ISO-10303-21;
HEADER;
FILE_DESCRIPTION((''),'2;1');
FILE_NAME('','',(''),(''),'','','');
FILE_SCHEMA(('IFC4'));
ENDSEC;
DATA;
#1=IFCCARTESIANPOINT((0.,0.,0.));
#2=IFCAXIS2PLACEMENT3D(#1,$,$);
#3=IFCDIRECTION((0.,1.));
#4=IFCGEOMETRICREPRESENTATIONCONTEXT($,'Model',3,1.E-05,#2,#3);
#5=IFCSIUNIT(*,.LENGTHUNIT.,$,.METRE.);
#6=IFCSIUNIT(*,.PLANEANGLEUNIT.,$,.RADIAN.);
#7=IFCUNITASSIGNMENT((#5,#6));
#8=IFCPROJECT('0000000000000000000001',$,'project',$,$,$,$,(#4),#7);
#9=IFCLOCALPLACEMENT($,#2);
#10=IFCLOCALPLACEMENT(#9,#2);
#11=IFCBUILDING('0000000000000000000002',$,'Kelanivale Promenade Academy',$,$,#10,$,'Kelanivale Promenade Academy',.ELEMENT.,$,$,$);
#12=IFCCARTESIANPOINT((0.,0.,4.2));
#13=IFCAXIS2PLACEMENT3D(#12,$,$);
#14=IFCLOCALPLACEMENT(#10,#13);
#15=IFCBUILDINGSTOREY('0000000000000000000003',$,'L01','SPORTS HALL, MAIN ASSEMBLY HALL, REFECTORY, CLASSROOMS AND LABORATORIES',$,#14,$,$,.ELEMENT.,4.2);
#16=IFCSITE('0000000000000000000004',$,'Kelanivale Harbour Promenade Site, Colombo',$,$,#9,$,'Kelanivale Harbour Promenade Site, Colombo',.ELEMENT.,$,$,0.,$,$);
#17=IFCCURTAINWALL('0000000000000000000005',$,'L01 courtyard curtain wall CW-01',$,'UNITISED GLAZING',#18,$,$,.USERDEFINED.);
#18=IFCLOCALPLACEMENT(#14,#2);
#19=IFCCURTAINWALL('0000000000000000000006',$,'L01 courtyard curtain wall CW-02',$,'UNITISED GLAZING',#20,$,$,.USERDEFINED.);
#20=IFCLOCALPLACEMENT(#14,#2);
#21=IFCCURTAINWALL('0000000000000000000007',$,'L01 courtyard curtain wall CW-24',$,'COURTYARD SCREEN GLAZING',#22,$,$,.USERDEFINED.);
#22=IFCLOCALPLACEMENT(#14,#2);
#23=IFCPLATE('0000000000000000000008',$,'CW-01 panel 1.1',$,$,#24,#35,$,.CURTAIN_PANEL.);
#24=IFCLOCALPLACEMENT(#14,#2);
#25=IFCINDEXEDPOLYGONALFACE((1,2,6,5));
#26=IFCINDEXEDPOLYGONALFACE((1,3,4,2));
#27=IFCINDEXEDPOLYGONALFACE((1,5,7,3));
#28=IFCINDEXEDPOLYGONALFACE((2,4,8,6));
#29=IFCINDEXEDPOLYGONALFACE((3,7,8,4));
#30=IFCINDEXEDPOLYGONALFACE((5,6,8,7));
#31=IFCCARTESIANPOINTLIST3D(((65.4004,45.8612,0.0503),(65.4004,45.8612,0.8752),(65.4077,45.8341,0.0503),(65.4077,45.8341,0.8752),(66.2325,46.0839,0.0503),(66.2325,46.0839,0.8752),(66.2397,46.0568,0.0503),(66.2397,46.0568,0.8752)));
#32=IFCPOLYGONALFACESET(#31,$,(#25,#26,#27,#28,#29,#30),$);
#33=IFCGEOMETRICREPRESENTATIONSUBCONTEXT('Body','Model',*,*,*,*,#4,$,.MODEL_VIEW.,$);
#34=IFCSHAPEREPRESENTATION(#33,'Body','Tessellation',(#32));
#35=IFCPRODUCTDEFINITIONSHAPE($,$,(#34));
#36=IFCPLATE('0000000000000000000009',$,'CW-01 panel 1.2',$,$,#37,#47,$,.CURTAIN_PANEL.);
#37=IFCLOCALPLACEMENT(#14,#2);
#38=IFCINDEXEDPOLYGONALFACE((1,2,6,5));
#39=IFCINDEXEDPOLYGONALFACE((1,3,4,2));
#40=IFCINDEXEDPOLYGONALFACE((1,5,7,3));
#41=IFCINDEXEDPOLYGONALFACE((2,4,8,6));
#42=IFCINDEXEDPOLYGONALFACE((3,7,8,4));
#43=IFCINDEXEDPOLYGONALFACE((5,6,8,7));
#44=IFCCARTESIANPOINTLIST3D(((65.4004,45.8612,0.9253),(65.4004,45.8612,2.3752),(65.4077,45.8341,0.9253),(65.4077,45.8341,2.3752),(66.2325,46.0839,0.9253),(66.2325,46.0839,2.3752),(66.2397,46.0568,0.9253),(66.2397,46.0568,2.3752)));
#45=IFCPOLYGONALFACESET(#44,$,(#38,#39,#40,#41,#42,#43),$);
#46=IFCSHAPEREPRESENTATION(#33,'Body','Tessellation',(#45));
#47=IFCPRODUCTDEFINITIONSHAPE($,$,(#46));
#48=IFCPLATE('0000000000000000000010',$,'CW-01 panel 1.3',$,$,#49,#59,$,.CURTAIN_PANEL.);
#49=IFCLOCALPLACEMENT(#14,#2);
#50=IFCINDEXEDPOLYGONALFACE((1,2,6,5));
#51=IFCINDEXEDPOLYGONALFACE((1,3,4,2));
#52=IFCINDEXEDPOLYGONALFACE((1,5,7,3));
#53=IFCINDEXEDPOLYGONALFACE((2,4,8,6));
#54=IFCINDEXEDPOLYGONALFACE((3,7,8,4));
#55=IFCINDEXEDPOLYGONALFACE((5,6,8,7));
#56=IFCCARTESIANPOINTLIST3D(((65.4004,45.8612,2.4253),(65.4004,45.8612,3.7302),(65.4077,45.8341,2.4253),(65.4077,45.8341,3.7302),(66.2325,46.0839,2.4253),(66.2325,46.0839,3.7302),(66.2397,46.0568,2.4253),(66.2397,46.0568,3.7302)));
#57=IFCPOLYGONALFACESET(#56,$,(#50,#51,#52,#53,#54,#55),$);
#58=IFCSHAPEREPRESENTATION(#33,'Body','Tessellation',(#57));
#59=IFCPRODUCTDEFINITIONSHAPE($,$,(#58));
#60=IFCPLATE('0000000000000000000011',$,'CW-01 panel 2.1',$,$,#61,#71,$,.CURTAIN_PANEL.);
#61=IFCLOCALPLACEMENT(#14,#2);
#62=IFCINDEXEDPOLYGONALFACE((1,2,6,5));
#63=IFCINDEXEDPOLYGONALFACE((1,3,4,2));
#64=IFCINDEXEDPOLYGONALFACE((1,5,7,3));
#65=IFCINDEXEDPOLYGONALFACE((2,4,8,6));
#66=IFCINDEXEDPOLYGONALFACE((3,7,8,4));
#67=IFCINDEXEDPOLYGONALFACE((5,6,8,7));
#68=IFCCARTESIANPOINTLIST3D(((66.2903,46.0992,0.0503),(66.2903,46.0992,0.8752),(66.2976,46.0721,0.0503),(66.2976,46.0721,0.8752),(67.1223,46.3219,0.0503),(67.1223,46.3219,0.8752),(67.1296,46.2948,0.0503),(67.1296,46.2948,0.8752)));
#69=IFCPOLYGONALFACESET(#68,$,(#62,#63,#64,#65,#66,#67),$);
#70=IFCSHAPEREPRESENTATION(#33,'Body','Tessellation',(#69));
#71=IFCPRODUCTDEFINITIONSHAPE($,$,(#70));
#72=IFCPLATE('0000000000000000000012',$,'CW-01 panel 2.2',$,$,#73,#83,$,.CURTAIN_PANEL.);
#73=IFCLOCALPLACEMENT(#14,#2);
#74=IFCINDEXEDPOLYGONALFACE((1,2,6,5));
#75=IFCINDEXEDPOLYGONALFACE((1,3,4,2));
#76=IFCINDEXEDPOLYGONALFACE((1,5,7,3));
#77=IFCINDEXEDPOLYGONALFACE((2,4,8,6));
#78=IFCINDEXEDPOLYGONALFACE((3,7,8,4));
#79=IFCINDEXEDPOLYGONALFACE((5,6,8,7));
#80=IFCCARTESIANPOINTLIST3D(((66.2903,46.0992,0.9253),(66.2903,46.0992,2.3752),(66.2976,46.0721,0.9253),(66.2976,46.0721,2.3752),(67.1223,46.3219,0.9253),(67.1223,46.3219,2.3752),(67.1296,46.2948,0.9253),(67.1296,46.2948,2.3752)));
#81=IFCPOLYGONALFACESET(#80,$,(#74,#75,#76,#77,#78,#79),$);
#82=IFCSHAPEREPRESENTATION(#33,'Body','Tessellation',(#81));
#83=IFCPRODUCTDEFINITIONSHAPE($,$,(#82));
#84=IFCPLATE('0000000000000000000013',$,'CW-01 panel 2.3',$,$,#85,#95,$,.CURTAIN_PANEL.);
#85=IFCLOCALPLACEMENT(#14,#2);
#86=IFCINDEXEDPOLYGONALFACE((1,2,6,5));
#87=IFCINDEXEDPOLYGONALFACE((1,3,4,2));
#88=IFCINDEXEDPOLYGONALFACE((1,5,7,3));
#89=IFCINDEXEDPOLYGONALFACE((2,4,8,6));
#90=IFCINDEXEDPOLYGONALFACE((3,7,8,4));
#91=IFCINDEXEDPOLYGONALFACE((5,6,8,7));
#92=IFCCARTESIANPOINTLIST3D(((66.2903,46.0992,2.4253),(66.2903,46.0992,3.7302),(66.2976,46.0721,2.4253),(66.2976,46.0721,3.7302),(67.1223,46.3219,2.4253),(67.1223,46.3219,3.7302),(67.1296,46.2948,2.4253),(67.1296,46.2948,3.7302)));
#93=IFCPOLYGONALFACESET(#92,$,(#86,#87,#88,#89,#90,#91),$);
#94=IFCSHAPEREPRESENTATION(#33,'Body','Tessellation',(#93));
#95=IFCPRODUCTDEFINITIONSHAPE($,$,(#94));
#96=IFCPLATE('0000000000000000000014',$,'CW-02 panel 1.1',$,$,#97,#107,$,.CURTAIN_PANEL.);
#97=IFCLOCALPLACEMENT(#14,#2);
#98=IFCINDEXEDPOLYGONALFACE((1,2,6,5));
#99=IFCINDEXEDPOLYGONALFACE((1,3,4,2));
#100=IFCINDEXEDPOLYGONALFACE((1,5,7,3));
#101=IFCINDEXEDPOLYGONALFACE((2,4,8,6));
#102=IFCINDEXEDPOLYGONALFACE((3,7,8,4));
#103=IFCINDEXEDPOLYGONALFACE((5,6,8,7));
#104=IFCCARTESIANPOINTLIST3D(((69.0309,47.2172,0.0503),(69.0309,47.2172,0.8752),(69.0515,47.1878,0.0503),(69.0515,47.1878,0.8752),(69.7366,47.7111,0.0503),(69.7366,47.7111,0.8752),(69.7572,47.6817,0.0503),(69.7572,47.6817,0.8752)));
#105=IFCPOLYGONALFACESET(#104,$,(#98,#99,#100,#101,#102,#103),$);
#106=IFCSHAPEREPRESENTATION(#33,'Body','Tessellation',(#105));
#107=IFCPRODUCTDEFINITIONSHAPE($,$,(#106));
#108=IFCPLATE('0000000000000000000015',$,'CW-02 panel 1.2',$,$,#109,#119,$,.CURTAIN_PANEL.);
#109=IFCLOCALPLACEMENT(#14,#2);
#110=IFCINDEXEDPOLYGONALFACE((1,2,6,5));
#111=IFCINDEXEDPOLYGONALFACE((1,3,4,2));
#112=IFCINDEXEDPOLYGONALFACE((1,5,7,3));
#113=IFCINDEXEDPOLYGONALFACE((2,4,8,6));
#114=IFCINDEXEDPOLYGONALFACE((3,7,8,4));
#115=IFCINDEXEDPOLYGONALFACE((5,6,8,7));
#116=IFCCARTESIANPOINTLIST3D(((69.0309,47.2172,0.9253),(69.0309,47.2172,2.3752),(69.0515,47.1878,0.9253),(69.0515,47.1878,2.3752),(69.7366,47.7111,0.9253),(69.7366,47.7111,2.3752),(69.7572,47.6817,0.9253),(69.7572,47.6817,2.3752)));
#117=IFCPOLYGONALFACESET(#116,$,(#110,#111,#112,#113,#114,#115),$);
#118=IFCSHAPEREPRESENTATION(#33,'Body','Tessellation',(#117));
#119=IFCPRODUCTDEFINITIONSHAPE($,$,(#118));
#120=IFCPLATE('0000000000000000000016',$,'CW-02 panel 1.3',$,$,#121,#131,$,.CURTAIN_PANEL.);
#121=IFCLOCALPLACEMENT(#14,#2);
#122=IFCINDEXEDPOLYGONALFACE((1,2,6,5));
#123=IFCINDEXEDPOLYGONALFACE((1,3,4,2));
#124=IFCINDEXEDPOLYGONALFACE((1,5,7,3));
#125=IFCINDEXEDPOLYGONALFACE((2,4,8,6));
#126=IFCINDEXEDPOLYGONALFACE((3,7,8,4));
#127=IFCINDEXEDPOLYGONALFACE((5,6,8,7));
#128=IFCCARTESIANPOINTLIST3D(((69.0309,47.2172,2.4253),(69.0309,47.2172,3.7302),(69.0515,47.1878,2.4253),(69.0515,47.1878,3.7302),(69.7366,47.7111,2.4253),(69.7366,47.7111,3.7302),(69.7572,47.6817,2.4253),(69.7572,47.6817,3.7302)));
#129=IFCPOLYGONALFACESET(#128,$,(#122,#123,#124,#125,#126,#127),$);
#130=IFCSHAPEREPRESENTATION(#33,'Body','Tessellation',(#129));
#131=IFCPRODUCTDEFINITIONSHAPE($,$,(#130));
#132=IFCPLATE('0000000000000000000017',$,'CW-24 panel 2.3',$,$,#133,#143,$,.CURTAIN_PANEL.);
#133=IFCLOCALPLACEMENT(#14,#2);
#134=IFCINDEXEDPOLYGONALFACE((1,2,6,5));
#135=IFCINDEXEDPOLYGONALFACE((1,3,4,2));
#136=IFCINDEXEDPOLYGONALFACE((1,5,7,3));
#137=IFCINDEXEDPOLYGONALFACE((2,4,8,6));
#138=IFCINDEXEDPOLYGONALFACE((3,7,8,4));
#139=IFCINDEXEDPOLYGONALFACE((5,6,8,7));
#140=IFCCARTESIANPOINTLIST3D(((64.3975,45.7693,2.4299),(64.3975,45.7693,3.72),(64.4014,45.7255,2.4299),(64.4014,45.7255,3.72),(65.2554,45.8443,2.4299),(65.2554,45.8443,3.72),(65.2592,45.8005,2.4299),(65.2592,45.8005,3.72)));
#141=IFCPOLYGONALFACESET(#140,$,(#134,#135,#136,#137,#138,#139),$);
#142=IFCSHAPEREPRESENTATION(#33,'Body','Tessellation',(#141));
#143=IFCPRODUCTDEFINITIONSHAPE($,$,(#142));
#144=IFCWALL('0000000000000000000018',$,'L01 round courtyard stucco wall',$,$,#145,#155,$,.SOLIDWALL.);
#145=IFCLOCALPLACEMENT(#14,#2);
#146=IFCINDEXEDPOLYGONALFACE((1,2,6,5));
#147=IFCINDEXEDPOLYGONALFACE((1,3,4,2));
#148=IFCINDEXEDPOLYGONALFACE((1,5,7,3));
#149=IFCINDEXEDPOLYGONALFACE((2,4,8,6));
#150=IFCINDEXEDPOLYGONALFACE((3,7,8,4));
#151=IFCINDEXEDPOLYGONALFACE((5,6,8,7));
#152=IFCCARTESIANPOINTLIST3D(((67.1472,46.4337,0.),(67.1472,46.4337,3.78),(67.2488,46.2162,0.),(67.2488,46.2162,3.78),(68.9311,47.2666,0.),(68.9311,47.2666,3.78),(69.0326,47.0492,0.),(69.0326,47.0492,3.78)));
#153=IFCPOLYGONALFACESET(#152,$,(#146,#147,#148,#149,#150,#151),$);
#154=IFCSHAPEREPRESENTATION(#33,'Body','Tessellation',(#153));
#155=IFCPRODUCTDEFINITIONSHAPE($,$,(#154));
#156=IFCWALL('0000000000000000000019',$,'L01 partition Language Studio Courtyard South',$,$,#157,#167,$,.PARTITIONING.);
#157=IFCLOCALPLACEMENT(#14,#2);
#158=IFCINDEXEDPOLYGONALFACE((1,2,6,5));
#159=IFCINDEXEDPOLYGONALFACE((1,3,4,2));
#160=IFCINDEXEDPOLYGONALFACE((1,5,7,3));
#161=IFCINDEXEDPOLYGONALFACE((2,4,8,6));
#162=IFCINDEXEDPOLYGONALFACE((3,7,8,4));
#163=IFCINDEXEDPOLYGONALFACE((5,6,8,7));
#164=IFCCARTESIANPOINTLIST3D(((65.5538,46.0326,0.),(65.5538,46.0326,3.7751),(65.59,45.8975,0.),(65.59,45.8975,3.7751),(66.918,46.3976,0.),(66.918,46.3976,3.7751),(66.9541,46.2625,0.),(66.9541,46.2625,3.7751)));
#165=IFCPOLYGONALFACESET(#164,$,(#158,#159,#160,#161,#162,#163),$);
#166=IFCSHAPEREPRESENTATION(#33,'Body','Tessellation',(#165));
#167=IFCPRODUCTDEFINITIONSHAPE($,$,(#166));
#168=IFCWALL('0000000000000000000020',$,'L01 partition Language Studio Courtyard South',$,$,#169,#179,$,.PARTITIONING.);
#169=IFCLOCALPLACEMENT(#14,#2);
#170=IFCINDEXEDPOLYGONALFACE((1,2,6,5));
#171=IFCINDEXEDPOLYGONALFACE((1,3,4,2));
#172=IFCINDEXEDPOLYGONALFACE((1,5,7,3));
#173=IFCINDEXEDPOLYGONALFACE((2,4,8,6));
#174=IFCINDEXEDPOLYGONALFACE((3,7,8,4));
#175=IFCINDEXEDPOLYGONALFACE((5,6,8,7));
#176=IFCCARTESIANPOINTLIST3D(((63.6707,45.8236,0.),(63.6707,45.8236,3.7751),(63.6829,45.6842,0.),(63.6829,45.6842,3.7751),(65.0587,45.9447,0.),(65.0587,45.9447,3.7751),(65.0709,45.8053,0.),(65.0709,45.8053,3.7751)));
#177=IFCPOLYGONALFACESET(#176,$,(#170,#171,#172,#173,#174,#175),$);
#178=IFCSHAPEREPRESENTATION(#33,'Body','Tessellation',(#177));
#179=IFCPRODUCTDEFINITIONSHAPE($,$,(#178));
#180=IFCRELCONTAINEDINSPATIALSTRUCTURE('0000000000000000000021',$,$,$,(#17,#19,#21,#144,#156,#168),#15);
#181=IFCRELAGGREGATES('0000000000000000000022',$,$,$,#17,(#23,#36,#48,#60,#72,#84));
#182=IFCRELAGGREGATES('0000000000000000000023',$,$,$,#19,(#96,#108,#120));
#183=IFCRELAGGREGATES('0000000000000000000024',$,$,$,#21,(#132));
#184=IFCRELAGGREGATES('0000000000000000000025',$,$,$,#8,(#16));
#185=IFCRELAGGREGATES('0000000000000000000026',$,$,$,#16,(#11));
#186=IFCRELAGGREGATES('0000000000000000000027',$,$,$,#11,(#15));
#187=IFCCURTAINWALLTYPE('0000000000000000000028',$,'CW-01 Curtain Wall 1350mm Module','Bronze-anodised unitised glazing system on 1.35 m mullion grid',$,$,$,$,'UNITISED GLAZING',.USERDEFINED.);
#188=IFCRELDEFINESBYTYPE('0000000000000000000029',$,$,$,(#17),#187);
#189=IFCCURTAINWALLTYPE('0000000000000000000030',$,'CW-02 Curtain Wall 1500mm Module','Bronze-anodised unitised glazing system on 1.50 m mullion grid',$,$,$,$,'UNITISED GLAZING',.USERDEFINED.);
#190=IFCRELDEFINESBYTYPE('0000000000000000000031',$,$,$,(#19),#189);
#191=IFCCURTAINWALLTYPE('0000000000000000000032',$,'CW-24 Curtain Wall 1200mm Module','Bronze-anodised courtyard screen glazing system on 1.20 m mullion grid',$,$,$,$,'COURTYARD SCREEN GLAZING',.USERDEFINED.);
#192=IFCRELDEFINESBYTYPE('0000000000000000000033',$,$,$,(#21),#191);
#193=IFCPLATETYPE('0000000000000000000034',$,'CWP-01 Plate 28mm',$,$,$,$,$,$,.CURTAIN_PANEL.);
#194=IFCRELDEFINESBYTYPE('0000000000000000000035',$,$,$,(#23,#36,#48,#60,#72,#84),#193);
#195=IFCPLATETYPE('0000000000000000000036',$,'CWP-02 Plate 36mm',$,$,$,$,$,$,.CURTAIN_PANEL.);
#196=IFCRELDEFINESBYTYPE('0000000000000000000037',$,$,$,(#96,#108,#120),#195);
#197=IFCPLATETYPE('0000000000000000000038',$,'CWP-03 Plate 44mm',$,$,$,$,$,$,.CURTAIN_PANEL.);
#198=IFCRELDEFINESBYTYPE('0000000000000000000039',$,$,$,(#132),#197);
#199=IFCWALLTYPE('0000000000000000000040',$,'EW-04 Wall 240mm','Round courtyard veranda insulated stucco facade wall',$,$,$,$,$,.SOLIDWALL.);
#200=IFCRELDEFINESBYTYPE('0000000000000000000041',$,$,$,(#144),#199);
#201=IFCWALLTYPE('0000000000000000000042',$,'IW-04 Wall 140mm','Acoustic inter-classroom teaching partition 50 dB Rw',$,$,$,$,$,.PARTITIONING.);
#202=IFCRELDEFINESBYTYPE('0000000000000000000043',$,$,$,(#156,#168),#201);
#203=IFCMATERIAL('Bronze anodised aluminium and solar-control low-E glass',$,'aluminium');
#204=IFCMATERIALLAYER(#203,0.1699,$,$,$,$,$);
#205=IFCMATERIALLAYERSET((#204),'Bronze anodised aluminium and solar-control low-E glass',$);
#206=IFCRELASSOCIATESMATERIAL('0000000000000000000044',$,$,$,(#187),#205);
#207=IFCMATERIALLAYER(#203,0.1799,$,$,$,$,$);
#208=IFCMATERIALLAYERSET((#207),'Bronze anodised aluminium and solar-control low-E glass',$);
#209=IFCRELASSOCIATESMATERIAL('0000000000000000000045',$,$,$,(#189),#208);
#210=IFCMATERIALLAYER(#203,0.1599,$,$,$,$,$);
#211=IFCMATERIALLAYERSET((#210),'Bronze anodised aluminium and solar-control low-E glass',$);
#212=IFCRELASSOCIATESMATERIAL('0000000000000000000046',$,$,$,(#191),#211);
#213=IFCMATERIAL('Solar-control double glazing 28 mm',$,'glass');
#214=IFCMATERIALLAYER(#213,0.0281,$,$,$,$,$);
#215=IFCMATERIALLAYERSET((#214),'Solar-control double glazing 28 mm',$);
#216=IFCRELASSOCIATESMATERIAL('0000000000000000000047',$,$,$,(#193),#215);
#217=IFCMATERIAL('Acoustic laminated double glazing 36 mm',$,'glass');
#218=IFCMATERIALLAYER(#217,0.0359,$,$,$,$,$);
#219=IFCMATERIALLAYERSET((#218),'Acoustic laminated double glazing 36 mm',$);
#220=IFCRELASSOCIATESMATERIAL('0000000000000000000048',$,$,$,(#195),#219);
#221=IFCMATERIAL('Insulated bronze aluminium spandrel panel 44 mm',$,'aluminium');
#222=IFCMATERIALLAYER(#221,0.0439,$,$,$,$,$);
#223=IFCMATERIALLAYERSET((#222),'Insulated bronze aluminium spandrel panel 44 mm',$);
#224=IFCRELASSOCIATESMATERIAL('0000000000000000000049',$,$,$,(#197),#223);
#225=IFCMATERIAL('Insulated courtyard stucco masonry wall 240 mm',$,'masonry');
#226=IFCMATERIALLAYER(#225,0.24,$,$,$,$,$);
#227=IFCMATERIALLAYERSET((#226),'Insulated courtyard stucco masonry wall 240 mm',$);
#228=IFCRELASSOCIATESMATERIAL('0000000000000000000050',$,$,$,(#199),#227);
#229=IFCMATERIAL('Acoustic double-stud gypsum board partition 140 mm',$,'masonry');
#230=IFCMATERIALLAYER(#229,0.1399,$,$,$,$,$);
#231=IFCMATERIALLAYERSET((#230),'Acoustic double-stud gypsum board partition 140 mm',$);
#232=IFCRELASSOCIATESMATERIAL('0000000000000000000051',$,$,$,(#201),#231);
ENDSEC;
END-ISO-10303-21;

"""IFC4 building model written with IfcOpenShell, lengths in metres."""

from ifc_helpers import new_model, si_unit, direction, frame, frame_2d, origin, origin_2d, place, context, subcontext, project, spatial, rectangle, extrude, material, layer, layer_set, type_object, element, aggregate, save


model = new_model("IFC4")

# Units and contexts
model_context = context("Model", 3, precision=1e-05, world=origin(), true_north=direction((0.0, 1.0)))
body_context = subcontext(model_context, "Body", "Model", "MODEL_VIEW")
ifc_project = project(units=[si_unit("LENGTHUNIT", "METRE"), si_unit("PLANEANGLEUNIT", "RADIAN")], contexts=[model_context])

# Site, building, storey
site_placement = place(None, origin())
site = spatial("IfcSite", under=ifc_project, at=site_placement, Name="Kelanivale Harbour Promenade Site, Colombo", LongName="Kelanivale Harbour Promenade Site, Colombo", CompositionType="ELEMENT", RefElevation=0.0)
building_placement = place(site_placement, origin())
building = spatial("IfcBuilding", under=site, at=building_placement, Name="Kelanivale Promenade Academy", LongName="Kelanivale Promenade Academy", CompositionType="ELEMENT")
storey_placement = place(building_placement, frame((0.0, 0.0, 4.2)))
storey = spatial("IfcBuildingStorey", under=building, at=storey_placement, Name="L01", Description="SPORTS HALL, MAIN ASSEMBLY HALL, REFECTORY, CLASSROOMS AND LABORATORIES", CompositionType="ELEMENT", Elevation=4.2)

# Curtain walls
ifc_material_1 = material(Name="Bronze anodised aluminium and solar-control low-E glass", Category="aluminium")
ifc_layer_1 = layer(ifc_material_1, 0.1699)
ifc_layer_set_1 = layer_set([ifc_layer_1], Name="Bronze anodised aluminium and solar-control low-E glass")
curtain_wall_type_1 = type_object("IfcCurtainWallType", Name="CW-01 Curtain Wall 1350mm Module", Description="Bronze-anodised unitised glazing system on 1.35 m mullion grid", ElementType="UNITISED GLAZING", PredefinedType="USERDEFINED", material=ifc_layer_set_1)
curtain_wall_1_placement = place(storey_placement, origin())
curtain_wall_1 = element("IfcCurtainWall", 1, at=curtain_wall_1_placement, inside=storey, type_object=curtain_wall_type_1, Name="L01 courtyard curtain wall CW-01", ObjectType="UNITISED GLAZING", PredefinedType="USERDEFINED")
ifc_layer_2 = layer(ifc_material_1, 0.1799)
ifc_layer_set_2 = layer_set([ifc_layer_2], Name="Bronze anodised aluminium and solar-control low-E glass")
curtain_wall_type_2 = type_object("IfcCurtainWallType", Name="CW-02 Curtain Wall 1500mm Module", Description="Bronze-anodised unitised glazing system on 1.50 m mullion grid", ElementType="UNITISED GLAZING", PredefinedType="USERDEFINED", material=ifc_layer_set_2)
curtain_wall_2_placement = place(storey_placement, origin())
curtain_wall_2 = element("IfcCurtainWall", 2, at=curtain_wall_2_placement, inside=storey, type_object=curtain_wall_type_2, Name="L01 courtyard curtain wall CW-02", ObjectType="UNITISED GLAZING", PredefinedType="USERDEFINED")

# Curtain wall
ifc_layer_3 = layer(ifc_material_1, 0.1599)
ifc_layer_set_3 = layer_set([ifc_layer_3], Name="Bronze anodised aluminium and solar-control low-E glass")
curtain_wall_type_3 = type_object("IfcCurtainWallType", Name="CW-24 Curtain Wall 1200mm Module", Description="Bronze-anodised courtyard screen glazing system on 1.20 m mullion grid", ElementType="COURTYARD SCREEN GLAZING", PredefinedType="USERDEFINED", material=ifc_layer_set_3)
curtain_wall_3_placement = place(storey_placement, origin())
curtain_wall_3 = element("IfcCurtainWall", 3, at=curtain_wall_3_placement, inside=storey, type_object=curtain_wall_type_3, Name="L01 courtyard curtain wall CW-24", ObjectType="COURTYARD SCREEN GLAZING", PredefinedType="USERDEFINED")

# Plates
ifc_material_2 = material(Name="Solar-control double glazing 28 mm", Category="glass")
ifc_layer_4 = layer(ifc_material_2, 0.0281)
ifc_layer_set_4 = layer_set([ifc_layer_4], Name="Solar-control double glazing 28 mm")
plate_type_1 = type_object("IfcPlateType", Name="CWP-01 Plate 28mm", PredefinedType="CURTAIN_PANEL", material=ifc_layer_set_4)
plate_1_placement = place(storey_placement, frame((65.8201, 45.959, 0.0503), z_axis=(0.0, 0.0, 1.0), x_axis=(0.96599, 0.258578, 0.0)))
plate_1 = element("IfcPlate", 4, at=plate_1_placement, type_object=plate_type_1, Name="CW-01 panel 1.1", PredefinedType="CURTAIN_PANEL", context=body_context, shape_type="SweptSolid", body=[
    extrude(rectangle(XDim=0.8613, YDim=0.0281, at=origin_2d()), origin(), (0.0, 0.0, 1.0), 0.825),
])
plate_2_placement = place(storey_placement, frame((65.8201, 45.959, 0.9253), z_axis=(0.0, 0.0, 1.0), x_axis=(0.96599, 0.258578, 0.0)))
plate_2 = element("IfcPlate", 5, at=plate_2_placement, type_object=plate_type_1, Name="CW-01 panel 1.2", PredefinedType="CURTAIN_PANEL", context=body_context, shape_type="SweptSolid", body=[
    extrude(rectangle(XDim=0.8613, YDim=0.0281, at=origin_2d()), origin(), (0.0, 0.0, 1.0), 1.45),
])
plate_3_placement = place(storey_placement, frame((65.8201, 45.959, 2.4253), z_axis=(0.0, 0.0, 1.0), x_axis=(0.96599, 0.258578, 0.0)))
plate_3 = element("IfcPlate", 6, at=plate_3_placement, type_object=plate_type_1, Name="CW-01 panel 1.3", PredefinedType="CURTAIN_PANEL", context=body_context, shape_type="SweptSolid", body=[
    extrude(rectangle(XDim=0.8613, YDim=0.0281, at=origin_2d()), origin(), (0.0, 0.0, 1.0), 1.3049),
])
plate_4_placement = place(storey_placement, frame((66.71, 46.197, 0.0503), z_axis=(0.0, 0.0, 1.0), x_axis=(0.96599, 0.258578, 0.0)))
plate_4 = element("IfcPlate", 7, at=plate_4_placement, type_object=plate_type_1, Name="CW-01 panel 2.1", PredefinedType="CURTAIN_PANEL", context=body_context, shape_type="SweptSolid", body=[
    extrude(rectangle(XDim=0.8613, YDim=0.0281, at=origin_2d()), origin(), (0.0, 0.0, 1.0), 0.825),
])
plate_5_placement = place(storey_placement, frame((66.71, 46.197, 0.9253), z_axis=(0.0, 0.0, 1.0), x_axis=(0.96599, 0.258578, 0.0)))
plate_5 = element("IfcPlate", 8, at=plate_5_placement, type_object=plate_type_1, Name="CW-01 panel 2.2", PredefinedType="CURTAIN_PANEL", context=body_context, shape_type="SweptSolid", body=[
    extrude(rectangle(XDim=0.8613, YDim=0.0281, at=origin_2d()), origin(), (0.0, 0.0, 1.0), 1.45),
])
plate_6_placement = place(storey_placement, frame((66.71, 46.197, 2.4253), z_axis=(0.0, 0.0, 1.0), x_axis=(0.96599, 0.258578, 0.0)))
plate_6 = element("IfcPlate", 9, at=plate_6_placement, type_object=plate_type_1, Name="CW-01 panel 2.3", PredefinedType="CURTAIN_PANEL", context=body_context, shape_type="SweptSolid", body=[
    extrude(rectangle(XDim=0.8613, YDim=0.0281, at=origin_2d()), origin(), (0.0, 0.0, 1.0), 1.3049),
])
aggregate(curtain_wall_1, [plate_1, plate_2, plate_3, plate_4, plate_5, plate_6])
ifc_material_3 = material(Name="Acoustic laminated double glazing 36 mm", Category="glass")
ifc_layer_5 = layer(ifc_material_3, 0.0359)
ifc_layer_set_5 = layer_set([ifc_layer_5], Name="Acoustic laminated double glazing 36 mm")
plate_type_2 = type_object("IfcPlateType", Name="CWP-02 Plate 36mm", PredefinedType="CURTAIN_PANEL", material=ifc_layer_set_5)
plate_7_placement = place(storey_placement, frame((69.394, 47.4495, 0.0503), z_axis=(0.0, 0.0, 1.0), x_axis=(0.819306, 0.573357, 0.0)))
plate_7 = element("IfcPlate", 10, at=plate_7_placement, type_object=plate_type_2, Name="CW-02 panel 1.1", PredefinedType="CURTAIN_PANEL", context=body_context, shape_type="SweptSolid", body=[
    extrude(rectangle(XDim=0.8613, YDim=0.0359, at=origin_2d()), origin(), (0.0, 0.0, 1.0), 0.825),
])
plate_8_placement = place(storey_placement, frame((69.394, 47.4495, 0.9253), z_axis=(0.0, 0.0, 1.0), x_axis=(0.819306, 0.573357, 0.0)))
plate_8 = element("IfcPlate", 11, at=plate_8_placement, type_object=plate_type_2, Name="CW-02 panel 1.2", PredefinedType="CURTAIN_PANEL", context=body_context, shape_type="SweptSolid", body=[
    extrude(rectangle(XDim=0.8613, YDim=0.0359, at=origin_2d()), origin(), (0.0, 0.0, 1.0), 1.45),
])
plate_9_placement = place(storey_placement, frame((69.394, 47.4495, 2.4253), z_axis=(0.0, 0.0, 1.0), x_axis=(0.819306, 0.573357, 0.0)))
plate_9 = element("IfcPlate", 12, at=plate_9_placement, type_object=plate_type_2, Name="CW-02 panel 1.3", PredefinedType="CURTAIN_PANEL", context=body_context, shape_type="SweptSolid", body=[
    extrude(rectangle(XDim=0.8613, YDim=0.0359, at=origin_2d()), origin(), (0.0, 0.0, 1.0), 1.3049),
])
aggregate(curtain_wall_2, [plate_7, plate_8, plate_9])
ifc_material_4 = material(Name="Insulated bronze aluminium spandrel panel 44 mm", Category="aluminium")
ifc_layer_6 = layer(ifc_material_4, 0.0439)
ifc_layer_set_6 = layer_set([ifc_layer_6], Name="Insulated bronze aluminium spandrel panel 44 mm")
plate_type_3 = type_object("IfcPlateType", Name="CWP-03 Plate 44mm", PredefinedType="CURTAIN_PANEL", material=ifc_layer_set_6)
plate_10_placement = place(storey_placement, frame((64.8284, 45.7849, 2.4299), z_axis=(0.0, 0.0, 1.0), x_axis=(0.996199, 0.087102, 0.0)))
plate_10 = element("IfcPlate", 13, at=plate_10_placement, type_object=plate_type_3, Name="CW-24 panel 2.3", PredefinedType="CURTAIN_PANEL", context=body_context, shape_type="SweptSolid", body=[
    extrude(rectangle(XDim=0.8611, YDim=0.0439, at=origin_2d()), origin(), (0.0, 0.0, 1.0), 1.29),
])
aggregate(curtain_wall_3, [plate_10])

# Walls
ifc_material_5 = material(Name="Insulated courtyard stucco masonry wall 240 mm", Category="masonry")
ifc_layer_7 = layer(ifc_material_5, 0.24)
ifc_layer_set_7 = layer_set([ifc_layer_7], Name="Insulated courtyard stucco masonry wall 240 mm")
wall_type_1 = type_object("IfcWallType", Name="EW-04 Wall 240mm", Description="Round courtyard veranda insulated stucco facade wall", PredefinedType="SOLIDWALL", material=ifc_layer_set_7)
wall_1_placement = place(storey_placement, frame((67.198, 46.325, 0.0), z_axis=(0.0, 0.0, 1.0), x_axis=(0.906085, 0.423096, 0.0)))
element("IfcWall", 14, at=wall_1_placement, inside=storey, type_object=wall_type_1, Name="L01 round courtyard stucco wall", PredefinedType="SOLIDWALL", context=body_context, shape_type="SweptSolid", body=[
    extrude(rectangle(XDim=1.9688, YDim=0.24, at=frame_2d((0.9844, 0.0))), origin(), (0.0, 0.0, 1.0), 3.78),
])
ifc_material_6 = material(Name="Acoustic double-stud gypsum board partition 140 mm", Category="masonry")
ifc_layer_8 = layer(ifc_material_6, 0.1399)
ifc_layer_set_8 = layer_set([ifc_layer_8], Name="Acoustic double-stud gypsum board partition 140 mm")
wall_type_2 = type_object("IfcWallType", Name="IW-04 Wall 140mm", Description="Acoustic inter-classroom teaching partition 50 dB Rw", PredefinedType="PARTITIONING", material=ifc_layer_set_8)
wall_2_placement = place(storey_placement, frame((66.936, 46.3301, 0.0), z_axis=(0.0, 0.0, 1.0), x_axis=(-0.966014, -0.258491, 0.0)))
element("IfcWall", 15, at=wall_2_placement, inside=storey, type_object=wall_type_2, Name="L01 partition Language Studio Courtyard South", PredefinedType="PARTITIONING", context=body_context, shape_type="SweptSolid", body=[
    extrude(rectangle(XDim=1.4121, YDim=0.1399, at=frame_2d((0.7061, 0.0))), origin(), (0.0, 0.0, 1.0), 3.7751),
])
wall_3_placement = place(storey_placement, frame((65.0649, 45.875, 0.0), z_axis=(0.0, 0.0, 1.0), x_axis=(-0.996216, -0.086917, 0.0)))
element("IfcWall", 16, at=wall_3_placement, inside=storey, type_object=wall_type_2, Name="L01 partition Language Studio Courtyard South", PredefinedType="PARTITIONING", context=body_context, shape_type="SweptSolid", body=[
    extrude(rectangle(XDim=1.3933, YDim=0.1399, at=frame_2d((0.6968, 0.0))), origin(), (0.0, 0.0, 1.0), 3.7751),
])

save(model, "model.ifc")
